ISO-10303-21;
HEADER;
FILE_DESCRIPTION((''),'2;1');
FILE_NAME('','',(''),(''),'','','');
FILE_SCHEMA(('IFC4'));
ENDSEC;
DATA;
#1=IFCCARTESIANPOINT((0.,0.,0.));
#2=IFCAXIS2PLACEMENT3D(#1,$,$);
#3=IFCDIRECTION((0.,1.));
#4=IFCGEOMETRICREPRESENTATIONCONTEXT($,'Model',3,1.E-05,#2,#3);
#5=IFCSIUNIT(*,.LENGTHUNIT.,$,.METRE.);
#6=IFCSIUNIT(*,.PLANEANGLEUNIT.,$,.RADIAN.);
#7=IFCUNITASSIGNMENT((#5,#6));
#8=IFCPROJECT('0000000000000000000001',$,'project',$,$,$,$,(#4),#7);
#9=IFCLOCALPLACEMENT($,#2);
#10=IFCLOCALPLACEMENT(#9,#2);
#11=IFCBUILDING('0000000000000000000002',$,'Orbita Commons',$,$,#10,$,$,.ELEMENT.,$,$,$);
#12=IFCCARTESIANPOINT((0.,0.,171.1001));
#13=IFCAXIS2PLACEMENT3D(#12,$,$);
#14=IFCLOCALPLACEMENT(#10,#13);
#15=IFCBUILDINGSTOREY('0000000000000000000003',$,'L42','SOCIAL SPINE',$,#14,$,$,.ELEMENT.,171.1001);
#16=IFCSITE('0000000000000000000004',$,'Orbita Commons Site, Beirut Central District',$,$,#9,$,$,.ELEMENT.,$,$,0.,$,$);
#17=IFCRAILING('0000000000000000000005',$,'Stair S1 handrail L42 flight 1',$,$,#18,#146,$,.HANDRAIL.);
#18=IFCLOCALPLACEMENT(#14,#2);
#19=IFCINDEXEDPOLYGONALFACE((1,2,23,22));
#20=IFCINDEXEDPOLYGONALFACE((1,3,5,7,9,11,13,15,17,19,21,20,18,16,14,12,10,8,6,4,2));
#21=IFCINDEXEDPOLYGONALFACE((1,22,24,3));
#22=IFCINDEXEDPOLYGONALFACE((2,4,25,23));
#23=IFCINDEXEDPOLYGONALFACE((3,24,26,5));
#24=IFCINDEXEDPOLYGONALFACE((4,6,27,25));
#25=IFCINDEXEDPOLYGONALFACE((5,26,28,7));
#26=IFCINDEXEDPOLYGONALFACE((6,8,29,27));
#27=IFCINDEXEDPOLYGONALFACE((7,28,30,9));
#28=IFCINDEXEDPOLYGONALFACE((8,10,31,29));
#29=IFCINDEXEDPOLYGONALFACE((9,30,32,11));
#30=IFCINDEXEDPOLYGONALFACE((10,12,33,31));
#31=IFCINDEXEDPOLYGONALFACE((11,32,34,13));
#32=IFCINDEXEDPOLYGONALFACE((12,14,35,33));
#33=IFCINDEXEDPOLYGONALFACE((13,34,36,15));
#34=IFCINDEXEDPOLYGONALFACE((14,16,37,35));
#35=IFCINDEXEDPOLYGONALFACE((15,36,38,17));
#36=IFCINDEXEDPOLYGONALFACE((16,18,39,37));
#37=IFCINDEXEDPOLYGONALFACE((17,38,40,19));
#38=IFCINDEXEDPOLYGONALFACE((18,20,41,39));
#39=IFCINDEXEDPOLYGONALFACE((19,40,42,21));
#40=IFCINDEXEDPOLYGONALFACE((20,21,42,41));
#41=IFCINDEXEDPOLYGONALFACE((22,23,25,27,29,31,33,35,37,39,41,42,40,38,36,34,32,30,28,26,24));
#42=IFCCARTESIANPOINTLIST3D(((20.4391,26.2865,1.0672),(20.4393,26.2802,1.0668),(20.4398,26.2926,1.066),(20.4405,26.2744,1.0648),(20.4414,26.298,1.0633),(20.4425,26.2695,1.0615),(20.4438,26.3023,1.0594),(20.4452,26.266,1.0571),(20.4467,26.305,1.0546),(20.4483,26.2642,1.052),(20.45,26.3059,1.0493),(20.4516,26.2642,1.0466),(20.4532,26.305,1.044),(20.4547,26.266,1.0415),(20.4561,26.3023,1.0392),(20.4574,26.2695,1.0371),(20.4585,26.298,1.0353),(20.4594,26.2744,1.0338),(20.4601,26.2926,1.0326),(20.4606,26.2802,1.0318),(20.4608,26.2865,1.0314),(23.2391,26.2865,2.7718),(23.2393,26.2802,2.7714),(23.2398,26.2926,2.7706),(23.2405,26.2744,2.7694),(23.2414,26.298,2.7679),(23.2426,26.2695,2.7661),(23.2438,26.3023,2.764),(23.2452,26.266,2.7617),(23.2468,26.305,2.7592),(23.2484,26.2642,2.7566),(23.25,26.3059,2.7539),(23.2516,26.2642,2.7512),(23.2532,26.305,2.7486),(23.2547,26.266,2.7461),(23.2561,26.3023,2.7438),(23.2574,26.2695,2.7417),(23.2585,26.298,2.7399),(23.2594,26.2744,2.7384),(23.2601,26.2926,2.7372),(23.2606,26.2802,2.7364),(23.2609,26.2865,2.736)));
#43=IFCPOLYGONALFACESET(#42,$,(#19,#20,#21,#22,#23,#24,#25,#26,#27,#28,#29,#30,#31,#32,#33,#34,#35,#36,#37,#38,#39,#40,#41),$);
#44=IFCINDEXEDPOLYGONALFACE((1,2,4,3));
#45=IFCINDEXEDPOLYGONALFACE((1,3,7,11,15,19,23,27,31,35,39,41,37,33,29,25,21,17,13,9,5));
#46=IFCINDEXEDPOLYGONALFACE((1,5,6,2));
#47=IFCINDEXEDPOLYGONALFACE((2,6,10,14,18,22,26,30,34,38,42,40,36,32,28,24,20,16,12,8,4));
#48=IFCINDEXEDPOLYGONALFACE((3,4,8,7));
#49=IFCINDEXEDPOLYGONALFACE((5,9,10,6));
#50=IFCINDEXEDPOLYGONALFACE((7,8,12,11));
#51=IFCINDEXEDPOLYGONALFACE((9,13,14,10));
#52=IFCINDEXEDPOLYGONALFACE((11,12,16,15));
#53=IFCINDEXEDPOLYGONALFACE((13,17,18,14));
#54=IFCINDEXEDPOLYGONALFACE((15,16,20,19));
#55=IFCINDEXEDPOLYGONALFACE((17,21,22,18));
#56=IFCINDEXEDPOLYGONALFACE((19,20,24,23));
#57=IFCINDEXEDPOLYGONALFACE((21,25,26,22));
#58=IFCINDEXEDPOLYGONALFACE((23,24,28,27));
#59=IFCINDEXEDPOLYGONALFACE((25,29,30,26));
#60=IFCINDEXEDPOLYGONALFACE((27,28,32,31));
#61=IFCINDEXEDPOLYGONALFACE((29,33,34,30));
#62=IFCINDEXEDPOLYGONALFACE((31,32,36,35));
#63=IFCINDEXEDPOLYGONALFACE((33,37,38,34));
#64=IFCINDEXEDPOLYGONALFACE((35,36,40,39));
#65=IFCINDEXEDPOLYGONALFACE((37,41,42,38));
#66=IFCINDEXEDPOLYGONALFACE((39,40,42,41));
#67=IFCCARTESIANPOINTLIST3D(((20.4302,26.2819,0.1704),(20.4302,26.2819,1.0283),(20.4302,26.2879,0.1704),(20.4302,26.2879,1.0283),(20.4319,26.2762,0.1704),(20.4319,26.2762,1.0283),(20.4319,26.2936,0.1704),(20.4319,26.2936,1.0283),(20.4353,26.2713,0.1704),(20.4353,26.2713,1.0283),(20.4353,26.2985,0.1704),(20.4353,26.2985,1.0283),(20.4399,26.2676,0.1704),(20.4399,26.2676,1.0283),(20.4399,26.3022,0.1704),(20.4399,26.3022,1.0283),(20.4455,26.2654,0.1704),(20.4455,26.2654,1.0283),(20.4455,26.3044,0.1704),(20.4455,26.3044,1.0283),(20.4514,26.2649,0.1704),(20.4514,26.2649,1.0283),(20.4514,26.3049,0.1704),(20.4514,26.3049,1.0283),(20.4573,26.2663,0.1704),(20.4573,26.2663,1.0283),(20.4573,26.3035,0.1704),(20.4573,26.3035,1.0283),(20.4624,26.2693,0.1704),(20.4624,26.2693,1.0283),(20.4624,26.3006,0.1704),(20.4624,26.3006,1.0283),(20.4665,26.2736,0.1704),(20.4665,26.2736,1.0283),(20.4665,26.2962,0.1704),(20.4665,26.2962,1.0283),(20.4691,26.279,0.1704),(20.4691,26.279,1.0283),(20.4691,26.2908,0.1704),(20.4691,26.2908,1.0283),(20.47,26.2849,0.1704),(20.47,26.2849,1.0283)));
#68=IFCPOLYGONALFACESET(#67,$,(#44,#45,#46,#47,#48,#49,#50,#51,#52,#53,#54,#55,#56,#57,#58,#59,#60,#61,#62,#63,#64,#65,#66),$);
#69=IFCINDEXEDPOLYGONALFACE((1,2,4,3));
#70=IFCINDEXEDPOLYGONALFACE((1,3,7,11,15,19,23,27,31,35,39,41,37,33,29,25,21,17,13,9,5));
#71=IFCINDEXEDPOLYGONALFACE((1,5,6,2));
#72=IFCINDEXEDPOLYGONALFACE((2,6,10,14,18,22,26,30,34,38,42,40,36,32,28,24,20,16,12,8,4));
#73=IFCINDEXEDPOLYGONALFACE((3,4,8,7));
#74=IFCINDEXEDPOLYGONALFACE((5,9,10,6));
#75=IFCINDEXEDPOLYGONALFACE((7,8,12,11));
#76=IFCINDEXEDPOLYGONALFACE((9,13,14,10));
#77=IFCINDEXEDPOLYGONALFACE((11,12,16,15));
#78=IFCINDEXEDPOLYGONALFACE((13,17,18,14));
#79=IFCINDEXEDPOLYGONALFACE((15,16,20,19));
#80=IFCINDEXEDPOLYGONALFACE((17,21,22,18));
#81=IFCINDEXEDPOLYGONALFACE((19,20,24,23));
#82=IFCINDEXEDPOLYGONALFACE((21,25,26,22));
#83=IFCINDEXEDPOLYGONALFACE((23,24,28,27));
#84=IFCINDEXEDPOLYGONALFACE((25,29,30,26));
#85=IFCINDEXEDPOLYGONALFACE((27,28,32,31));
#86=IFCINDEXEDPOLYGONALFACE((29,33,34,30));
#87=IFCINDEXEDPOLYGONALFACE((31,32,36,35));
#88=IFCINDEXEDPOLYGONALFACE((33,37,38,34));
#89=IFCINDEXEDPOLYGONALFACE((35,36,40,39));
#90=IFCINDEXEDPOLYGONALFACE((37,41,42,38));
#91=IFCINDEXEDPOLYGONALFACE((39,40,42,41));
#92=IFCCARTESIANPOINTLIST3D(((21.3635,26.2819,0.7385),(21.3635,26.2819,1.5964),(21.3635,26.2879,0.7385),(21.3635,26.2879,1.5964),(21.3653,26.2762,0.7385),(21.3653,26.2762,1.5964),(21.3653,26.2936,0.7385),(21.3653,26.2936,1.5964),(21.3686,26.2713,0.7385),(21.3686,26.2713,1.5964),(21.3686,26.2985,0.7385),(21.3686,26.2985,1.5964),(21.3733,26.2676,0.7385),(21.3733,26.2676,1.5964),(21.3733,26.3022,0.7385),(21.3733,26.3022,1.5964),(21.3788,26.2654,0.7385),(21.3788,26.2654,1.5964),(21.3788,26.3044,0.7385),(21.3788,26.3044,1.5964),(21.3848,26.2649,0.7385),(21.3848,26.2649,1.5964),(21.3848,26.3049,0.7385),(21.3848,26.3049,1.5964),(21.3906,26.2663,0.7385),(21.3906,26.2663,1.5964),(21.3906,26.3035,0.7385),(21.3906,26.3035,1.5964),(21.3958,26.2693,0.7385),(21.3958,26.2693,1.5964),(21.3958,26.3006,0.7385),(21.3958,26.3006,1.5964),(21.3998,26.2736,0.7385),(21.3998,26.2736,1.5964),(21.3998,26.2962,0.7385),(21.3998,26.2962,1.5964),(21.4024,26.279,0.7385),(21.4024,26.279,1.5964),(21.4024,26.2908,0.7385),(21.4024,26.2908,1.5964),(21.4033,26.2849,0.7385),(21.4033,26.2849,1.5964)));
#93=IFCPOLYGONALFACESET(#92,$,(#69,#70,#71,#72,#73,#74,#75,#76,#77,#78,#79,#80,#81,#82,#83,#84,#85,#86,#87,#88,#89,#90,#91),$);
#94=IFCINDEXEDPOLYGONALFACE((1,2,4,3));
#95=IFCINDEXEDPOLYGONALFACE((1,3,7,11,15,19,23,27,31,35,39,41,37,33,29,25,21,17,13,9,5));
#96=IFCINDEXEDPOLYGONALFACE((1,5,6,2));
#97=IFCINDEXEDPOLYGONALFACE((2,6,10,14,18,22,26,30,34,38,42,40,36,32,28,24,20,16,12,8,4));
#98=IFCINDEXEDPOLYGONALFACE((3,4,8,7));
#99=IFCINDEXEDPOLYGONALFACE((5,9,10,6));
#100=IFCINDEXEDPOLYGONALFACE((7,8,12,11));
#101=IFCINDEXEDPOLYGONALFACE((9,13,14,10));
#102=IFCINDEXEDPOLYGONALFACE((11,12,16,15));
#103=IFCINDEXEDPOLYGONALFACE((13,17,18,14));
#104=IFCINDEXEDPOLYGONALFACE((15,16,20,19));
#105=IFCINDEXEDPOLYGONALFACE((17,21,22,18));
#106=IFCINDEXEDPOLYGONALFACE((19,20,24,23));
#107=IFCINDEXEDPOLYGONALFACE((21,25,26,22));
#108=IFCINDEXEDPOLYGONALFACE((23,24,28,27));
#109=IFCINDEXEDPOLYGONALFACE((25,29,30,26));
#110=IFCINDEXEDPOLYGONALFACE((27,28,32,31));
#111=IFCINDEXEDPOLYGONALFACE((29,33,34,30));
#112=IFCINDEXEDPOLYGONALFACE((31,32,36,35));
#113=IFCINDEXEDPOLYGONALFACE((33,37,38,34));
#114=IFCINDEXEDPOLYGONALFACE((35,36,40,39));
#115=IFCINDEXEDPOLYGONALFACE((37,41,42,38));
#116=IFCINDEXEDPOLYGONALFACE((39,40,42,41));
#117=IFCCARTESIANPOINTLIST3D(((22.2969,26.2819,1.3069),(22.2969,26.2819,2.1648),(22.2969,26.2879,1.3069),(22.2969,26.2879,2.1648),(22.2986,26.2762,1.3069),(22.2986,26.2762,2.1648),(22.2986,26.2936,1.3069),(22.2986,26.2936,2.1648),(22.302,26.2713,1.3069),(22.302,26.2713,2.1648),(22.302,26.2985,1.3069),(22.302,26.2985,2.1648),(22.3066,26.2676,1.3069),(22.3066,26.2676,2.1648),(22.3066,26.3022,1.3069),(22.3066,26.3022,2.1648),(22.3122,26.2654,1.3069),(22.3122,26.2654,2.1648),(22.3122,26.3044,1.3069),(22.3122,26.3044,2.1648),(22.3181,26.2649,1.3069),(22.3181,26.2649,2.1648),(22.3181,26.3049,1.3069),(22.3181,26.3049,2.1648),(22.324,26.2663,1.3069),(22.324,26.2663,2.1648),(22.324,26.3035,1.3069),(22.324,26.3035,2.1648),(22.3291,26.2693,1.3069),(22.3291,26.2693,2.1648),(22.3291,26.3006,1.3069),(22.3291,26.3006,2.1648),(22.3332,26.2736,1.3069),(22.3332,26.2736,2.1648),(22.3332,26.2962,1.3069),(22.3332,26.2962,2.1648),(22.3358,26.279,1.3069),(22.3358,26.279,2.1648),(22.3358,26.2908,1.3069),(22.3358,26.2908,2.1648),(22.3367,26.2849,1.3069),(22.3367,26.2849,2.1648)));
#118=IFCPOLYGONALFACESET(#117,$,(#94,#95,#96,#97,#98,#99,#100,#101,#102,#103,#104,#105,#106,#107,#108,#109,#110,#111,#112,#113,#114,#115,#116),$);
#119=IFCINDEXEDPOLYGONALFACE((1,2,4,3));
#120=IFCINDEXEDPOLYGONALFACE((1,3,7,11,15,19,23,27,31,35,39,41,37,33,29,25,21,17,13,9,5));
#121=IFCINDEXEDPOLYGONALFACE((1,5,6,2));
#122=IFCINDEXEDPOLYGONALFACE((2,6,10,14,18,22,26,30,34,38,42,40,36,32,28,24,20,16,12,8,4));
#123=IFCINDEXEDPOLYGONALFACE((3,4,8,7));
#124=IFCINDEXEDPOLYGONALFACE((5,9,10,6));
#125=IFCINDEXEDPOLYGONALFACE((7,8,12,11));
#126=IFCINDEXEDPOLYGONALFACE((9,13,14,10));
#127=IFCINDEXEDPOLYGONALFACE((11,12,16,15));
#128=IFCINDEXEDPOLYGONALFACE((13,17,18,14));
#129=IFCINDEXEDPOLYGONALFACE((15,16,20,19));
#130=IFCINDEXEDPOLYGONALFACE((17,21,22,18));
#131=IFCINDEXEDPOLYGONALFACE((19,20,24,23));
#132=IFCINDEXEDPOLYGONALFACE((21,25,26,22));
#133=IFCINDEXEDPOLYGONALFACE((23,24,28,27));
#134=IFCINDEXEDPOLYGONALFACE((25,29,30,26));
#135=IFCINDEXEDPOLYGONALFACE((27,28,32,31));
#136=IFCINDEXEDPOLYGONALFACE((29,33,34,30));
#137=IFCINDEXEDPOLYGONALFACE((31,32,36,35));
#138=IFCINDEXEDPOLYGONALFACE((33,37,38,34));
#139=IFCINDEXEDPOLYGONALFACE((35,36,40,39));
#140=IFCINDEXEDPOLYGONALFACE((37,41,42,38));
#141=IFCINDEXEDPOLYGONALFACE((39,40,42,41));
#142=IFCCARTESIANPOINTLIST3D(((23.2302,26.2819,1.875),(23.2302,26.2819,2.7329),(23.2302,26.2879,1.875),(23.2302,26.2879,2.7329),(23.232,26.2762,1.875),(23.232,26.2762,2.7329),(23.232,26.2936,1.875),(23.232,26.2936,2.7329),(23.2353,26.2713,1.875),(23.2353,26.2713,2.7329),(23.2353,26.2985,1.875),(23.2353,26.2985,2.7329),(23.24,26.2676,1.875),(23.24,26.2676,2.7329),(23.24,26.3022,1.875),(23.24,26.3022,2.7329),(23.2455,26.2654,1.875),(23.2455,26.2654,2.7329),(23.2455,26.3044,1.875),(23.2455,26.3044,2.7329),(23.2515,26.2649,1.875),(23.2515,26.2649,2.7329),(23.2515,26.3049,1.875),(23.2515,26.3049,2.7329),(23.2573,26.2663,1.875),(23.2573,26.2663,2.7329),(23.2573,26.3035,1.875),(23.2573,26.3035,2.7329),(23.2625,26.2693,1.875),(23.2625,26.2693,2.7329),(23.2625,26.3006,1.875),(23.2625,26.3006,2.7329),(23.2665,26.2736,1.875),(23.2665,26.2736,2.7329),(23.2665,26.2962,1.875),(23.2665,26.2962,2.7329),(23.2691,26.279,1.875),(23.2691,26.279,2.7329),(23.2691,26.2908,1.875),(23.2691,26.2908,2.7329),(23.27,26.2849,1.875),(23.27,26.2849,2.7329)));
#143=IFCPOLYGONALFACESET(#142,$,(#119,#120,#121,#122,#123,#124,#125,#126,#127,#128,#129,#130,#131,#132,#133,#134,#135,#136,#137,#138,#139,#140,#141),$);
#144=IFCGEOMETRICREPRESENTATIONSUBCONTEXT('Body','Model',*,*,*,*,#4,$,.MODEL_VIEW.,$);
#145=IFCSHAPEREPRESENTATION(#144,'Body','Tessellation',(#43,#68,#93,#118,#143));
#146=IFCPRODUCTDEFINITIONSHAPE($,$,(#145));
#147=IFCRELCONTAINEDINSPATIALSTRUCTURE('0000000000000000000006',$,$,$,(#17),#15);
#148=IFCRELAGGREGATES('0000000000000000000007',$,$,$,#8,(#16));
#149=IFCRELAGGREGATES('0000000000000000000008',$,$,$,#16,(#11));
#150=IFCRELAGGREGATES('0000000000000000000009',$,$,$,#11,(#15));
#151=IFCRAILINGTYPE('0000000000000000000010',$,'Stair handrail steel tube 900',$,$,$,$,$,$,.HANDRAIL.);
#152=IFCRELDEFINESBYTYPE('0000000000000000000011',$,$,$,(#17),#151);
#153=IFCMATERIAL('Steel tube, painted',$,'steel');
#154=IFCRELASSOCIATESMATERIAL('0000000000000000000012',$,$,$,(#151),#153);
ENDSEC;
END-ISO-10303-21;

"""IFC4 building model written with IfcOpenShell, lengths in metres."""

from ifc_helpers import new_model, si_unit, direction, frame, origin, origin_2d, place, context, subcontext, project, spatial, circle, extrude, material, type_object, element, save


model = new_model("IFC4")

# Units and contexts
model_context = context("Model", 3, precision=1e-05, world=origin(), true_north=direction((0.0, 1.0)))
body_context = subcontext(model_context, "Body", "Model", "MODEL_VIEW")
ifc_project = project(units=[si_unit("LENGTHUNIT", "METRE"), si_unit("PLANEANGLEUNIT", "RADIAN")], contexts=[model_context])

# Site, building, storey
site_placement = place(None, origin())
site = spatial("IfcSite", under=ifc_project, at=site_placement, Name="Orbita Commons Site, Beirut Central District", CompositionType="ELEMENT", RefElevation=0.0)
building_placement = place(site_placement, origin())
building = spatial("IfcBuilding", under=site, at=building_placement, Name="Orbita Commons", CompositionType="ELEMENT")
storey_placement = place(building_placement, frame((0.0, 0.0, 171.1001)))
storey = spatial("IfcBuildingStorey", under=building, at=storey_placement, Name="L42", Description="SOCIAL SPINE", CompositionType="ELEMENT", Elevation=171.1001)

# Railing
ifc_material_1 = material(Name="Steel tube, painted", Category="steel")
railing_type = type_object("IfcRailingType", Name="Stair handrail steel tube 900", PredefinedType="HANDRAIL", material=ifc_material_1)
for number, where, name in (
    (1, (20.45, 26.2849, 0.1704), "Stair S1 handrail L42 flight 1"),
):
    element("IfcRailing", number, at=place(storey_placement, frame(where)), inside=storey, type_object=railing_type, Name=name, PredefinedType="HANDRAIL", context=body_context, shape_type="SweptSolid", body=[
        extrude(circle(Radius=0.021, at=origin_2d()), frame((0.0, 0.0, 0.8789), z_axis=(0.85417, 0.0, 0.519994), x_axis=(0.0, 1.0, 0.0)), (0.0, 0.0, 1.0), 3.2781),
        extrude(circle(Radius=0.02, at=origin_2d()), origin(), (0.0, 0.0, 1.0), 0.8579),
        extrude(circle(Radius=0.02, at=origin_2d()), frame((0.9333, 0.0, 0.5681)), (0.0, 0.0, 1.0), 0.8579),
        extrude(circle(Radius=0.02, at=origin_2d()), frame((1.8667, 0.0, 1.1365)), (0.0, 0.0, 1.0), 0.8579),
        extrude(circle(Radius=0.02, at=origin_2d()), frame((2.8, 0.0, 1.7046)), (0.0, 0.0, 1.0), 0.8579),
    ])

save(model, "model.ifc")
